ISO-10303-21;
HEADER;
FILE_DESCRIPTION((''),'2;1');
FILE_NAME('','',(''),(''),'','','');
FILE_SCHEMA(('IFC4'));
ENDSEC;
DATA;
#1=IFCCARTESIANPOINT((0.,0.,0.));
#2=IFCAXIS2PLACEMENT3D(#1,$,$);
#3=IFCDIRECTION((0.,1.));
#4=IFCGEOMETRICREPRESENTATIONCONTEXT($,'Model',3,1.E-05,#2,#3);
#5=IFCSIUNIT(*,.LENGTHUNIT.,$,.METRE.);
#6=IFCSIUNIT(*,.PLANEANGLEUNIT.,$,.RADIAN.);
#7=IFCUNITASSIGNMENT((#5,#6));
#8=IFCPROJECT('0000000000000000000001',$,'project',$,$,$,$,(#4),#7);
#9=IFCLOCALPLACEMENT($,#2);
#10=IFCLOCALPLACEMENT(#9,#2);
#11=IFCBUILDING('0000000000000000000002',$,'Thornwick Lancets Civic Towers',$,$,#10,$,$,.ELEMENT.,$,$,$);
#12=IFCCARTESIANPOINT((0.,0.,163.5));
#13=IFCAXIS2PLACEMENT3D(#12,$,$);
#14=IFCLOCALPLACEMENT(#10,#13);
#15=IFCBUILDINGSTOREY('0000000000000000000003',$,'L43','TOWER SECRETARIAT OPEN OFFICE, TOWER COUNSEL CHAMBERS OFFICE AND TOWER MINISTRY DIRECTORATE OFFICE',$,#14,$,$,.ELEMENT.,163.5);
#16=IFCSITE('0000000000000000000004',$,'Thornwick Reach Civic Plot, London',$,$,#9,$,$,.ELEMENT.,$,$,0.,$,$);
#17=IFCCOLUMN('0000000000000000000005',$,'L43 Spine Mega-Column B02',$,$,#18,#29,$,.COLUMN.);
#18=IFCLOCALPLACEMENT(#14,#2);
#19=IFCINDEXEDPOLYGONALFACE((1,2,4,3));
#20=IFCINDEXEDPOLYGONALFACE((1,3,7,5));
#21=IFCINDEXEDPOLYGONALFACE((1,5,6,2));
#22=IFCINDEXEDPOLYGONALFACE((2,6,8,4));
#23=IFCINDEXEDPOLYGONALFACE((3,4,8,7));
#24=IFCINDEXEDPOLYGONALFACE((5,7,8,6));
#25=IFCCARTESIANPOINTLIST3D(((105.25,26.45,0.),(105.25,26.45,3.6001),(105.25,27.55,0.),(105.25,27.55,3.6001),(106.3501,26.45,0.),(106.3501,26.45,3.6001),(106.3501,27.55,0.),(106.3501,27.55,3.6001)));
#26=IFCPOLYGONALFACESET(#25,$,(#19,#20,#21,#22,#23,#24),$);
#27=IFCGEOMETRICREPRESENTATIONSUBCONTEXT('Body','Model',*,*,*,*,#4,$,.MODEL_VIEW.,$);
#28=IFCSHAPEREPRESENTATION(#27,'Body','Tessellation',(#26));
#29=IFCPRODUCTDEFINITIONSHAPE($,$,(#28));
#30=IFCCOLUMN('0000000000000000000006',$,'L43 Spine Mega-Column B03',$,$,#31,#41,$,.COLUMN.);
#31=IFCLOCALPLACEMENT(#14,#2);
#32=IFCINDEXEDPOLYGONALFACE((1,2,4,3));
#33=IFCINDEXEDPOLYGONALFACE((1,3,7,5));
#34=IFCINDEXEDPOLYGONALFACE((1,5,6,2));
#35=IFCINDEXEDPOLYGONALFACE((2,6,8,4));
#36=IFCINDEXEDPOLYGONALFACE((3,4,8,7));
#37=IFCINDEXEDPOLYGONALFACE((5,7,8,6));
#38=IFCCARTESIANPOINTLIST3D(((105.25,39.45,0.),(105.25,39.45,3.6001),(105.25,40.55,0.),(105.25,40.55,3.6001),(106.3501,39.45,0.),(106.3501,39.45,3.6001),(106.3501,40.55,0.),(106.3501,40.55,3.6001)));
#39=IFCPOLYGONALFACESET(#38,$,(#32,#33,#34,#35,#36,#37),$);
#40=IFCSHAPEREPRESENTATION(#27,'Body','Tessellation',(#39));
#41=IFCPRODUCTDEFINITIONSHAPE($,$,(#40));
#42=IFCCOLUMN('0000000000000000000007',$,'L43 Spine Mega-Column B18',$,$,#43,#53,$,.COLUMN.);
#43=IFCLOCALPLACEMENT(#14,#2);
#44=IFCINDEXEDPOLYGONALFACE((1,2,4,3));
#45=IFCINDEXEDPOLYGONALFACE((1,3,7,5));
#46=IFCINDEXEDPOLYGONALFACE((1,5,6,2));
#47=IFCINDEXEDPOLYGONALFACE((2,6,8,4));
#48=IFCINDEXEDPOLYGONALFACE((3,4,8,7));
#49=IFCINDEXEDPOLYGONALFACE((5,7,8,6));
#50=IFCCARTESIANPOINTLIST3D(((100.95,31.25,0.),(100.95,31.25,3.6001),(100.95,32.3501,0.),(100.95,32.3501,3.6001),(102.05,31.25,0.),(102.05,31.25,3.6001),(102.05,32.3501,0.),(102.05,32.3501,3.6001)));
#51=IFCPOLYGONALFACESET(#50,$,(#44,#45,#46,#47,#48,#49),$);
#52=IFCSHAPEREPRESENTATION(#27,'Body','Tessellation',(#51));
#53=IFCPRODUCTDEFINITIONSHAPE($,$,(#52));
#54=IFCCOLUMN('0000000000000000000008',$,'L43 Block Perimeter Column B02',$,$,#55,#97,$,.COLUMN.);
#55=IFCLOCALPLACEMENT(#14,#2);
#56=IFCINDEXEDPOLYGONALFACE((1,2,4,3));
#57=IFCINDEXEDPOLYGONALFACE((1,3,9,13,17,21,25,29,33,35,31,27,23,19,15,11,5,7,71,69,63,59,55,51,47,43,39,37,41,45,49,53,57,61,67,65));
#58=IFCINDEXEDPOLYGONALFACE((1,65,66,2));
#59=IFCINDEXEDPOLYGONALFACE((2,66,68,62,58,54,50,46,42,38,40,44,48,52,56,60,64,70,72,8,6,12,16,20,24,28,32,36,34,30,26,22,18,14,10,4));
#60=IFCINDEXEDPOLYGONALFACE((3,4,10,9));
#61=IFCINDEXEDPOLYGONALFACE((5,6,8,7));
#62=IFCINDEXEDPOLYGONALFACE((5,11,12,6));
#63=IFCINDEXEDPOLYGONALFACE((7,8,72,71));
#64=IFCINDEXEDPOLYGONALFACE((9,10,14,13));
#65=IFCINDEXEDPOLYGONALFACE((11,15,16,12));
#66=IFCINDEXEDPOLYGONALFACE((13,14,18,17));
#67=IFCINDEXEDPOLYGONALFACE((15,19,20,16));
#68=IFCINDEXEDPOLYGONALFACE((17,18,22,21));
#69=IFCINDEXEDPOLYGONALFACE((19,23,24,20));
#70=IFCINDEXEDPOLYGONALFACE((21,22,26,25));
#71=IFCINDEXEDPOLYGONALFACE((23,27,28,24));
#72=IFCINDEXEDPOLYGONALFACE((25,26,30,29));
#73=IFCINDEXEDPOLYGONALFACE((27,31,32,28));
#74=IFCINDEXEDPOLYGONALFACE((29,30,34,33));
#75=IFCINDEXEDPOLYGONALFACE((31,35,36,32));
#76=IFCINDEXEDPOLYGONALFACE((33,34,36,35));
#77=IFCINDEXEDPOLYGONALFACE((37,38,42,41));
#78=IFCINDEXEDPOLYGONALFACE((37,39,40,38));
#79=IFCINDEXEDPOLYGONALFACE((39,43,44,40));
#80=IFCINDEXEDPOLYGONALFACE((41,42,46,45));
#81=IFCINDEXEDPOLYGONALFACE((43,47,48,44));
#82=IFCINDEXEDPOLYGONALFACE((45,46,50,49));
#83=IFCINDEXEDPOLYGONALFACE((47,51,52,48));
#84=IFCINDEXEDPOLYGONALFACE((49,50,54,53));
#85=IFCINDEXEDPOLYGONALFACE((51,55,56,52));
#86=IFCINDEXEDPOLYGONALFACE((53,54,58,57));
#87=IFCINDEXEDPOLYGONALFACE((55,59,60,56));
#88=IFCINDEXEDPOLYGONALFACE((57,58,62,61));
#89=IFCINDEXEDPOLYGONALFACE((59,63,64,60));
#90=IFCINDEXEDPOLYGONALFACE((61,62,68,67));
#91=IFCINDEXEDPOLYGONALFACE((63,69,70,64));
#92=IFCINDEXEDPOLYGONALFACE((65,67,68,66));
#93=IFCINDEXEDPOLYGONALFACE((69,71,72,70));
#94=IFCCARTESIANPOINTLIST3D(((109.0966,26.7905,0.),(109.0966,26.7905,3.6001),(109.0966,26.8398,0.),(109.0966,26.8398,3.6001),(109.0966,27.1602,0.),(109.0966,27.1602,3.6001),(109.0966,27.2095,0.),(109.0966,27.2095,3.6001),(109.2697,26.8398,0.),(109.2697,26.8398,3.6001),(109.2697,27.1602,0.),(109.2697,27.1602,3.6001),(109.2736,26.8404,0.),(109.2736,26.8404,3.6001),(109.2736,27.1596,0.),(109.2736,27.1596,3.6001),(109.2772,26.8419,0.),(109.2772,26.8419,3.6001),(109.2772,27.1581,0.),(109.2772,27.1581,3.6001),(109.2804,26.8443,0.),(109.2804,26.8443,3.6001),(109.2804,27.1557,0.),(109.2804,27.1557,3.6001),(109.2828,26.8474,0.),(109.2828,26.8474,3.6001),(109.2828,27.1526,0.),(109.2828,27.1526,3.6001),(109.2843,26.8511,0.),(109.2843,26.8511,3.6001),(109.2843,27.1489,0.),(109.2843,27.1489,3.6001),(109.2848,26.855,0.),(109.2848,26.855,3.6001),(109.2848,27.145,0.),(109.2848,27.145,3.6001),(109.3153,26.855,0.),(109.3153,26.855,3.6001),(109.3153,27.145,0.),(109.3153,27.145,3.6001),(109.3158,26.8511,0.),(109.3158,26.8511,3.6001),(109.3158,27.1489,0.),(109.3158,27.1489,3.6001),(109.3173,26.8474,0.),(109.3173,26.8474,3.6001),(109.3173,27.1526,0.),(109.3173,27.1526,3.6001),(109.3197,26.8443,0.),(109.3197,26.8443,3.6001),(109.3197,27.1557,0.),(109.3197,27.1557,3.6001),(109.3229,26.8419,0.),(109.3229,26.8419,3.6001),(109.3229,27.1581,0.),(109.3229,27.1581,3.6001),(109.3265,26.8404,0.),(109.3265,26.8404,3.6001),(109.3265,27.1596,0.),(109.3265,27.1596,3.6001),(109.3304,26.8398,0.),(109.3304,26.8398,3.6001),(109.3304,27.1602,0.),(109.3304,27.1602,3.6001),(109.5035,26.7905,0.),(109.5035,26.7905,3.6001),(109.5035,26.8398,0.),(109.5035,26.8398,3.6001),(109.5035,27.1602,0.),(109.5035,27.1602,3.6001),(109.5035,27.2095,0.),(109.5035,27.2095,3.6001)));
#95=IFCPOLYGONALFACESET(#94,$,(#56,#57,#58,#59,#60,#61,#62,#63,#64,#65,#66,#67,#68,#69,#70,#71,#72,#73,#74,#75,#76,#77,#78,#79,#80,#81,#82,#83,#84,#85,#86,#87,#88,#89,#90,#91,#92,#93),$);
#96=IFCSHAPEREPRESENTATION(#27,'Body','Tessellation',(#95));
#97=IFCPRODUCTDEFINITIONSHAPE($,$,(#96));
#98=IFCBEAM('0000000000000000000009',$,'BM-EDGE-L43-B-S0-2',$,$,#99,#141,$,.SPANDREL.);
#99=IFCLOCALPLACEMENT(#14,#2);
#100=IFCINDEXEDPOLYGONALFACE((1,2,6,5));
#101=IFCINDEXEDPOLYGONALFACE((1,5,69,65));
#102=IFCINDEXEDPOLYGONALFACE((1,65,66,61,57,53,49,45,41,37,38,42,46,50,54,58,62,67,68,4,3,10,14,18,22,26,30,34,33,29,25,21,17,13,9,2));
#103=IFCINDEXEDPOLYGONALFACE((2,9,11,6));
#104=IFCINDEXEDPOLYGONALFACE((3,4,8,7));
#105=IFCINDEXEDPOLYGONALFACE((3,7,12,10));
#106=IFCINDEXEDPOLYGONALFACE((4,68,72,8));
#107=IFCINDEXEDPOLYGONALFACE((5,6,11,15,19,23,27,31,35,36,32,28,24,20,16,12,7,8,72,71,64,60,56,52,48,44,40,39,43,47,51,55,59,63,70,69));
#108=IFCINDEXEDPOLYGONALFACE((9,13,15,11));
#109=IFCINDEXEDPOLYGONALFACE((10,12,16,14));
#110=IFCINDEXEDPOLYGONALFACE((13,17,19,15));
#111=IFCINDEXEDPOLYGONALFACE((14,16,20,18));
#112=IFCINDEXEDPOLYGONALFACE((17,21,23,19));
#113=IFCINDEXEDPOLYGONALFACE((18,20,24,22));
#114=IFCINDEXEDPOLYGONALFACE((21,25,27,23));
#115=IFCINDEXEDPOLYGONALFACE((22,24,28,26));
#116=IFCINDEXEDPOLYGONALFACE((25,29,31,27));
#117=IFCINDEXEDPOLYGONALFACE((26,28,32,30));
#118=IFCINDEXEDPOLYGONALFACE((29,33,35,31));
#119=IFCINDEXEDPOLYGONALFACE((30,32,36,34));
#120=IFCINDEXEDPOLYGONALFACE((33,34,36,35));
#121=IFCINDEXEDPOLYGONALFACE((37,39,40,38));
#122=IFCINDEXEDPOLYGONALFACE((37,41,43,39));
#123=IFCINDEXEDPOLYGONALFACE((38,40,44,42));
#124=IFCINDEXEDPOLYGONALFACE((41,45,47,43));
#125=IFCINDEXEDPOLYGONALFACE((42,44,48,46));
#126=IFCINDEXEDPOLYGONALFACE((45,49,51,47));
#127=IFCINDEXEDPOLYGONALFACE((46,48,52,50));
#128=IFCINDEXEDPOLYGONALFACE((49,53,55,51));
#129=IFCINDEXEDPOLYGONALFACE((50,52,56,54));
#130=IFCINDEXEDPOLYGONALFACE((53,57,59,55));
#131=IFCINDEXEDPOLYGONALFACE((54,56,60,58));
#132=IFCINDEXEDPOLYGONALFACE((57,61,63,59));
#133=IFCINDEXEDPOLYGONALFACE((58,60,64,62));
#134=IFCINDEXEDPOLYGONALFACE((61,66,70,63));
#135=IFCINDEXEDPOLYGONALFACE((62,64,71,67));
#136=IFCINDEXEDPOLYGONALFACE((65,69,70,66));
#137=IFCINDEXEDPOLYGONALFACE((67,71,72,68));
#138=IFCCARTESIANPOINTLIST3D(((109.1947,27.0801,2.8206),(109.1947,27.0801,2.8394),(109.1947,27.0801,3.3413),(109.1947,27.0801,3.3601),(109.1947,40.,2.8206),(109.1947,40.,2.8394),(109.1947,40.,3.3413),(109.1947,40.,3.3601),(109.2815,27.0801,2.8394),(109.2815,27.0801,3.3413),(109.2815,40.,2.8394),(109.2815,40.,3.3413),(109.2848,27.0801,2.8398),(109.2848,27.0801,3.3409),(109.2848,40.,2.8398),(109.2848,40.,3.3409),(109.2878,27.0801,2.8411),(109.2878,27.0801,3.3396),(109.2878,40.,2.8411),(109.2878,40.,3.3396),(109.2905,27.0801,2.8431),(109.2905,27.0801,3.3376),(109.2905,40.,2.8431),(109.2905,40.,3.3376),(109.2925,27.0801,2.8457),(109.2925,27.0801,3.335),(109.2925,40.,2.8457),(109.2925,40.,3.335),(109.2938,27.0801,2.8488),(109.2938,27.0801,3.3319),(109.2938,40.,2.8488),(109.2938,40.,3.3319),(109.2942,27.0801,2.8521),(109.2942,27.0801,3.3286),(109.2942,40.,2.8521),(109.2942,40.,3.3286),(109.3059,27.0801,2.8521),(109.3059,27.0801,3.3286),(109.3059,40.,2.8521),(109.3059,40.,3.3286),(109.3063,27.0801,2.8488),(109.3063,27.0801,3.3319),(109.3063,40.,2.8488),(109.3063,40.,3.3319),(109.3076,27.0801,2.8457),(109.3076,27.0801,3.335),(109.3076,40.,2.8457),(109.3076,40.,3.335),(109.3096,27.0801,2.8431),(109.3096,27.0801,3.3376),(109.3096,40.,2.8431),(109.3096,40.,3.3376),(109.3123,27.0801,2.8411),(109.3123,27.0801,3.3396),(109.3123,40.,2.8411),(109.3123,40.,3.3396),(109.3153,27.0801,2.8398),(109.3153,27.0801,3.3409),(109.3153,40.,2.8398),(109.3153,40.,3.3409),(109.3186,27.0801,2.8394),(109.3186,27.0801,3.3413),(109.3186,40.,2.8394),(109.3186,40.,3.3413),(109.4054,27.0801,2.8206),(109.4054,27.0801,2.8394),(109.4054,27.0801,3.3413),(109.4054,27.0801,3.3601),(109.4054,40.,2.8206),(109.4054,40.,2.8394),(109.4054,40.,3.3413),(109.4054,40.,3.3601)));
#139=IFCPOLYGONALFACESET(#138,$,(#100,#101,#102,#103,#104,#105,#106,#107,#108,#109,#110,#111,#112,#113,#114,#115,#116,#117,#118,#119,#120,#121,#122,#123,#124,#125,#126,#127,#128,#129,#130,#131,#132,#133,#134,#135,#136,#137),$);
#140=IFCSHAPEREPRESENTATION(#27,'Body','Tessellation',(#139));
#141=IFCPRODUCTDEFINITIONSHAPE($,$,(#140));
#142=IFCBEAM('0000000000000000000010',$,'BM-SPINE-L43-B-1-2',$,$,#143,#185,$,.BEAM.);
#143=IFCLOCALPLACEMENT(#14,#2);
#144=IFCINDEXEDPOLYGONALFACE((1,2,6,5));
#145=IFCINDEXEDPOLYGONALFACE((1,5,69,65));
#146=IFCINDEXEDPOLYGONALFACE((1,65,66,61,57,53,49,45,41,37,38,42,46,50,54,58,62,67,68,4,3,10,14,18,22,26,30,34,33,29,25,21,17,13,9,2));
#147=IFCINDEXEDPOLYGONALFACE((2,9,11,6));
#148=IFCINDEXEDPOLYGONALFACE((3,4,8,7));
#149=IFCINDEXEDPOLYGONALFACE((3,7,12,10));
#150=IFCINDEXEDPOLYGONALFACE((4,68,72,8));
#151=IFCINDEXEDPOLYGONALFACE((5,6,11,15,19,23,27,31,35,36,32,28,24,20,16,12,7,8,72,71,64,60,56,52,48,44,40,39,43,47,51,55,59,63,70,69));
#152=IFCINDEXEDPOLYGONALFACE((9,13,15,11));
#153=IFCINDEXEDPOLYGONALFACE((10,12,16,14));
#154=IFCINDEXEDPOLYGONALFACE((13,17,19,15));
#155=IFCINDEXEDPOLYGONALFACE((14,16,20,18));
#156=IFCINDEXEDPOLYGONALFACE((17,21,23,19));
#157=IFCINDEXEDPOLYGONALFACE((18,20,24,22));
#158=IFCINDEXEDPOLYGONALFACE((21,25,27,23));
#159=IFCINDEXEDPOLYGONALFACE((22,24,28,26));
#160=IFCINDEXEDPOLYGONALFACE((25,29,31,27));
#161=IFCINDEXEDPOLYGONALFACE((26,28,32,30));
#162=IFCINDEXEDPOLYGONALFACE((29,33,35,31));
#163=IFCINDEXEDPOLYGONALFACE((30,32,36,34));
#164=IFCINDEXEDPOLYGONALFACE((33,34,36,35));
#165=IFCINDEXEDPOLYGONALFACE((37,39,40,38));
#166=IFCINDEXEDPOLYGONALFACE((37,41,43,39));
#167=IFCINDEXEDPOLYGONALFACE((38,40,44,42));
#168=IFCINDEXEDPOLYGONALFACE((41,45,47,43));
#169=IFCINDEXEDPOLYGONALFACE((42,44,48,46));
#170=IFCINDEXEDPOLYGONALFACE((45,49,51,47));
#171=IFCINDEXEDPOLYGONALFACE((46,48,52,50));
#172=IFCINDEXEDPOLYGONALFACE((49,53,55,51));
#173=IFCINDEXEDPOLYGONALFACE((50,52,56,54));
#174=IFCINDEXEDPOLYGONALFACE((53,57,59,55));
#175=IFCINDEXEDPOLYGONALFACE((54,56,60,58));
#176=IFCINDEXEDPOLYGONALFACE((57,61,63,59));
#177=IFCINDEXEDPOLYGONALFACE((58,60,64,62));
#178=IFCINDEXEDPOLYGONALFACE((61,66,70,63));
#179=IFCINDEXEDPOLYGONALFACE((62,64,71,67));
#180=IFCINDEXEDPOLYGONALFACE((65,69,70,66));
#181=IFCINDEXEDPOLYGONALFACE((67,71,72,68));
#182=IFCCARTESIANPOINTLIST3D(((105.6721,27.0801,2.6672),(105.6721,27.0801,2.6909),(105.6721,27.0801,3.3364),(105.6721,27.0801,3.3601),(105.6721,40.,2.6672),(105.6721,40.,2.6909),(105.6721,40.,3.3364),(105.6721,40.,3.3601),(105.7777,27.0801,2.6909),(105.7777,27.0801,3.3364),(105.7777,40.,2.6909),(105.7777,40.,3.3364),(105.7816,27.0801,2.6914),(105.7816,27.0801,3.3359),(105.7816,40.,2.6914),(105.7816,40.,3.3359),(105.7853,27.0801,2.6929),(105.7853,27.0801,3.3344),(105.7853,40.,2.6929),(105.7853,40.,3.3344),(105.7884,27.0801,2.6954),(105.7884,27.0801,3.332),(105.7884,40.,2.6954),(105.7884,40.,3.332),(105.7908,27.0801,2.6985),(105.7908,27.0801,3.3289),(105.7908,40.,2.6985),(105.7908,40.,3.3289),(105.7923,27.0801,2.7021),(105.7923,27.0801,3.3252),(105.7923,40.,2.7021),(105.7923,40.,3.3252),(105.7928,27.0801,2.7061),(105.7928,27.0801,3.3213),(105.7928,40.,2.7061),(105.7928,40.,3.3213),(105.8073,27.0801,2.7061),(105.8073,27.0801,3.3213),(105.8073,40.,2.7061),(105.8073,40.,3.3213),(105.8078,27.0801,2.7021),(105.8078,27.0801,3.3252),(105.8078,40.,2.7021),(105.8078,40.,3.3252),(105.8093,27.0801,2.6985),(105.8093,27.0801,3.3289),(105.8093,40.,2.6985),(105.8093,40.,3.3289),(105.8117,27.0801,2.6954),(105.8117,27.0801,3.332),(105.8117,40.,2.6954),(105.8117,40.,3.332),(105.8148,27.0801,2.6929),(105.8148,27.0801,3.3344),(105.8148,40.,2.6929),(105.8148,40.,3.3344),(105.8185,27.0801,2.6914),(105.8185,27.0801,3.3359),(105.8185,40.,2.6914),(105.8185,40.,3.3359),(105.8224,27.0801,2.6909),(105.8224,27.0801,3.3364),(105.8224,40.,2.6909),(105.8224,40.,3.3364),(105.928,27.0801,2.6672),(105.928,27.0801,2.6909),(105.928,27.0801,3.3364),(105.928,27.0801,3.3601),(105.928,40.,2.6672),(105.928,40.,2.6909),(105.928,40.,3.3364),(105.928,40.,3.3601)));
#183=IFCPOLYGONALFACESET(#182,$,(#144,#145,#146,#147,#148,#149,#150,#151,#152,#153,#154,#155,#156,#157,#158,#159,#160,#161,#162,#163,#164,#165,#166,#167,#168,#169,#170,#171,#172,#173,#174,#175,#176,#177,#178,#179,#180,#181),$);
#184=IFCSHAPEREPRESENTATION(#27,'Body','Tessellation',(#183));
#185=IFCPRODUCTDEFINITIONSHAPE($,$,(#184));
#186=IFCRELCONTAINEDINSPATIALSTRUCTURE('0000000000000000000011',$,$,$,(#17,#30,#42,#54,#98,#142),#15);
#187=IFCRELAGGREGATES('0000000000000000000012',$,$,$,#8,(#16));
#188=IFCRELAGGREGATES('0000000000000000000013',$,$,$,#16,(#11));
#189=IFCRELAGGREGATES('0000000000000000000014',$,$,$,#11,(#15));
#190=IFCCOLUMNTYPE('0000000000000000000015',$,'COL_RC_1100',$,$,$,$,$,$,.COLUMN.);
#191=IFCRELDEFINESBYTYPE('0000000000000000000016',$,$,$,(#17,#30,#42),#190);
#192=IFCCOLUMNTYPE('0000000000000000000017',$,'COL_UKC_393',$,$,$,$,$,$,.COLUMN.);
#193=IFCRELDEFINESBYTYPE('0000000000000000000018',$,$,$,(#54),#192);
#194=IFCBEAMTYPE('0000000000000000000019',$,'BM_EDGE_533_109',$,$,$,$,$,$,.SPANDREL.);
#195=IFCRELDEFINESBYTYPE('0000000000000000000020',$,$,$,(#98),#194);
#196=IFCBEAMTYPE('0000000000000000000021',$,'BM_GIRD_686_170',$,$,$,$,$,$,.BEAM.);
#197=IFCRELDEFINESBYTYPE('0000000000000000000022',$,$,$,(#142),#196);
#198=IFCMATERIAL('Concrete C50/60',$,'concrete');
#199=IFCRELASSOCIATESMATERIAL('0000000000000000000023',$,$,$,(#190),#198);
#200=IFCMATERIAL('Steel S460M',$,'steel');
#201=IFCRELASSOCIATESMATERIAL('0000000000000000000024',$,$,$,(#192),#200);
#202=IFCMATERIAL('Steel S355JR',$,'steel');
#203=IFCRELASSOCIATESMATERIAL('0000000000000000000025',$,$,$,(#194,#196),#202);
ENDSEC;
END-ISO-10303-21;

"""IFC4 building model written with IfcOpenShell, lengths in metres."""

from ifc_helpers import new_model, si_unit, direction, frame, origin, origin_2d, place, context, subcontext, project, spatial, rectangle, i_section, extrude, material, material_profile, profile_set, type_object, element, save


model = new_model("IFC4")

# Units and contexts
model_context = context("Model", 3, precision=1e-05, world=origin(), true_north=direction((0.0, 1.0)))
body_context = subcontext(model_context, "Body", "Model", "MODEL_VIEW")
ifc_project = project(units=[si_unit("LENGTHUNIT", "METRE"), si_unit("PLANEANGLEUNIT", "RADIAN")], contexts=[model_context])

# Site, building, storey
site_placement = place(None, origin())
site = spatial("IfcSite", under=ifc_project, at=site_placement, Name="Thornwick Reach Civic Plot, London", CompositionType="ELEMENT", RefElevation=0.0)
building_placement = place(site_placement, origin())
building = spatial("IfcBuilding", under=site, at=building_placement, Name="Thornwick Lancets Civic Towers", CompositionType="ELEMENT")
storey_placement = place(building_placement, frame((0.0, 0.0, 163.5)))
storey = spatial("IfcBuildingStorey", under=building, at=storey_placement, Name="L43", Description="TOWER SECRETARIAT OPEN OFFICE, TOWER COUNSEL CHAMBERS OFFICE AND TOWER MINISTRY DIRECTORATE OFFICE", CompositionType="ELEMENT", Elevation=163.5)

# Columns
ifc_material_1 = material(Name="Concrete C50/60", Category="concrete")
ifc_material_profile_1 = material_profile(ifc_material_1, rectangle(XDim=1.1001, YDim=1.1001, at=origin_2d()), Name="RC 1100x1100")
ifc_profile_set_1 = profile_set([ifc_material_profile_1], Name="Concrete C50/60")
column_type_1 = type_object("IfcColumnType", Name="COL_RC_1100", PredefinedType="COLUMN", material=ifc_profile_set_1)
for number, where, z_axis, x_axis, name in (
    (1, (105.8, 27.0, 0.0), (0.0, 0.0, 1.0), (1.0, 0.0, 0.0), "L43 Spine Mega-Column B02"),
    (2, (105.8, 40.0, 0.0), (0.0, 0.0, 1.0), (1.0, 0.0, 0.0), "L43 Spine Mega-Column B03"),
    (3, (101.5, 31.8, 0.0), (0.0, 0.0, 1.0), (1.0, 0.0, 0.0), "L43 Spine Mega-Column B18"),
):
    element("IfcColumn", number, at=place(storey_placement, frame(where, z_axis=z_axis, x_axis=x_axis)), inside=storey, type_object=column_type_1, Name=name, PredefinedType="COLUMN", context=body_context, shape_type="SweptSolid", body=[
        extrude(rectangle(XDim=1.1001, YDim=1.1001, at=origin_2d()), origin(), (0.0, 0.0, 1.0), 3.6001),
    ])
ifc_material_2 = material(Name="Steel S460M", Category="steel")
ifc_material_profile_2 = material_profile(ifc_material_2, i_section(OverallWidth=0.407, OverallDepth=0.4189, WebThickness=0.0305, FlangeThickness=0.0493, FilletRadius=0.0151, at=origin_2d()), Name="UKC 356x406x393")
ifc_profile_set_2 = profile_set([ifc_material_profile_2], Name="Steel S460M")
column_type_2 = type_object("IfcColumnType", Name="COL_UKC_393", PredefinedType="COLUMN", material=ifc_profile_set_2)
column_placement = place(storey_placement, frame((109.3, 27.0, 0.0), z_axis=(0.0, 0.0, 1.0), x_axis=(1.0, 0.0, 0.0)))
element("IfcColumn", 4, at=column_placement, inside=storey, type_object=column_type_2, Name="L43 Block Perimeter Column B02", PredefinedType="COLUMN", context=body_context, shape_type="SweptSolid", body=[
    extrude(i_section(OverallWidth=0.407, OverallDepth=0.4189, WebThickness=0.0305, FlangeThickness=0.0493, FilletRadius=0.0151, at=origin_2d()), origin(), (0.0, 0.0, 1.0), 3.6001),
])

# Beams
ifc_material_3 = material(Name="Steel S355JR", Category="steel")
ifc_material_profile_3 = material_profile(ifc_material_3, i_section(OverallWidth=0.2107, OverallDepth=0.5396, WebThickness=0.0117, FlangeThickness=0.0188, FilletRadius=0.0127, at=origin_2d()), Name="UKB 533x210x109")
ifc_profile_set_3 = profile_set([ifc_material_profile_3], Name="Steel S355JR")
beam_type_1 = type_object("IfcBeamType", Name="BM_EDGE_533_109", PredefinedType="SPANDREL", material=ifc_profile_set_3)
beam_1_placement = place(storey_placement, frame((109.3, 27.0801, 3.0903), z_axis=(0.0, 1.0, 0.0), x_axis=(-1.0, 0.0, 0.0)))
element("IfcBeam", 5, at=beam_1_placement, inside=storey, type_object=beam_type_1, Name="BM-EDGE-L43-B-S0-2", PredefinedType="SPANDREL", context=body_context, shape_type="SweptSolid", body=[
    extrude(i_section(OverallWidth=0.2107, OverallDepth=0.5396, WebThickness=0.0117, FlangeThickness=0.0188, FilletRadius=0.0127, at=origin_2d()), origin(), (0.0, 0.0, 1.0), 12.9199),
])
ifc_material_profile_4 = material_profile(ifc_material_3, i_section(OverallWidth=0.2559, OverallDepth=0.6929, WebThickness=0.0144, FlangeThickness=0.0237, FilletRadius=0.0151, at=origin_2d()), Name="UKB 686x254x170")
ifc_profile_set_4 = profile_set([ifc_material_profile_4], Name="Steel S355JR")
beam_type_2 = type_object("IfcBeamType", Name="BM_GIRD_686_170", PredefinedType="BEAM", material=ifc_profile_set_4)
beam_2_placement = place(storey_placement, frame((105.8, 27.0801, 3.0137), z_axis=(0.0, 1.0, 0.0), x_axis=(-1.0, 0.0, 0.0)))
element("IfcBeam", 6, at=beam_2_placement, inside=storey, type_object=beam_type_2, Name="BM-SPINE-L43-B-1-2", PredefinedType="BEAM", context=body_context, shape_type="SweptSolid", body=[
    extrude(i_section(OverallWidth=0.2559, OverallDepth=0.6929, WebThickness=0.0144, FlangeThickness=0.0237, FilletRadius=0.0151, at=origin_2d()), origin(), (0.0, 0.0, 1.0), 12.9199),
])

save(model, "model.ifc")
